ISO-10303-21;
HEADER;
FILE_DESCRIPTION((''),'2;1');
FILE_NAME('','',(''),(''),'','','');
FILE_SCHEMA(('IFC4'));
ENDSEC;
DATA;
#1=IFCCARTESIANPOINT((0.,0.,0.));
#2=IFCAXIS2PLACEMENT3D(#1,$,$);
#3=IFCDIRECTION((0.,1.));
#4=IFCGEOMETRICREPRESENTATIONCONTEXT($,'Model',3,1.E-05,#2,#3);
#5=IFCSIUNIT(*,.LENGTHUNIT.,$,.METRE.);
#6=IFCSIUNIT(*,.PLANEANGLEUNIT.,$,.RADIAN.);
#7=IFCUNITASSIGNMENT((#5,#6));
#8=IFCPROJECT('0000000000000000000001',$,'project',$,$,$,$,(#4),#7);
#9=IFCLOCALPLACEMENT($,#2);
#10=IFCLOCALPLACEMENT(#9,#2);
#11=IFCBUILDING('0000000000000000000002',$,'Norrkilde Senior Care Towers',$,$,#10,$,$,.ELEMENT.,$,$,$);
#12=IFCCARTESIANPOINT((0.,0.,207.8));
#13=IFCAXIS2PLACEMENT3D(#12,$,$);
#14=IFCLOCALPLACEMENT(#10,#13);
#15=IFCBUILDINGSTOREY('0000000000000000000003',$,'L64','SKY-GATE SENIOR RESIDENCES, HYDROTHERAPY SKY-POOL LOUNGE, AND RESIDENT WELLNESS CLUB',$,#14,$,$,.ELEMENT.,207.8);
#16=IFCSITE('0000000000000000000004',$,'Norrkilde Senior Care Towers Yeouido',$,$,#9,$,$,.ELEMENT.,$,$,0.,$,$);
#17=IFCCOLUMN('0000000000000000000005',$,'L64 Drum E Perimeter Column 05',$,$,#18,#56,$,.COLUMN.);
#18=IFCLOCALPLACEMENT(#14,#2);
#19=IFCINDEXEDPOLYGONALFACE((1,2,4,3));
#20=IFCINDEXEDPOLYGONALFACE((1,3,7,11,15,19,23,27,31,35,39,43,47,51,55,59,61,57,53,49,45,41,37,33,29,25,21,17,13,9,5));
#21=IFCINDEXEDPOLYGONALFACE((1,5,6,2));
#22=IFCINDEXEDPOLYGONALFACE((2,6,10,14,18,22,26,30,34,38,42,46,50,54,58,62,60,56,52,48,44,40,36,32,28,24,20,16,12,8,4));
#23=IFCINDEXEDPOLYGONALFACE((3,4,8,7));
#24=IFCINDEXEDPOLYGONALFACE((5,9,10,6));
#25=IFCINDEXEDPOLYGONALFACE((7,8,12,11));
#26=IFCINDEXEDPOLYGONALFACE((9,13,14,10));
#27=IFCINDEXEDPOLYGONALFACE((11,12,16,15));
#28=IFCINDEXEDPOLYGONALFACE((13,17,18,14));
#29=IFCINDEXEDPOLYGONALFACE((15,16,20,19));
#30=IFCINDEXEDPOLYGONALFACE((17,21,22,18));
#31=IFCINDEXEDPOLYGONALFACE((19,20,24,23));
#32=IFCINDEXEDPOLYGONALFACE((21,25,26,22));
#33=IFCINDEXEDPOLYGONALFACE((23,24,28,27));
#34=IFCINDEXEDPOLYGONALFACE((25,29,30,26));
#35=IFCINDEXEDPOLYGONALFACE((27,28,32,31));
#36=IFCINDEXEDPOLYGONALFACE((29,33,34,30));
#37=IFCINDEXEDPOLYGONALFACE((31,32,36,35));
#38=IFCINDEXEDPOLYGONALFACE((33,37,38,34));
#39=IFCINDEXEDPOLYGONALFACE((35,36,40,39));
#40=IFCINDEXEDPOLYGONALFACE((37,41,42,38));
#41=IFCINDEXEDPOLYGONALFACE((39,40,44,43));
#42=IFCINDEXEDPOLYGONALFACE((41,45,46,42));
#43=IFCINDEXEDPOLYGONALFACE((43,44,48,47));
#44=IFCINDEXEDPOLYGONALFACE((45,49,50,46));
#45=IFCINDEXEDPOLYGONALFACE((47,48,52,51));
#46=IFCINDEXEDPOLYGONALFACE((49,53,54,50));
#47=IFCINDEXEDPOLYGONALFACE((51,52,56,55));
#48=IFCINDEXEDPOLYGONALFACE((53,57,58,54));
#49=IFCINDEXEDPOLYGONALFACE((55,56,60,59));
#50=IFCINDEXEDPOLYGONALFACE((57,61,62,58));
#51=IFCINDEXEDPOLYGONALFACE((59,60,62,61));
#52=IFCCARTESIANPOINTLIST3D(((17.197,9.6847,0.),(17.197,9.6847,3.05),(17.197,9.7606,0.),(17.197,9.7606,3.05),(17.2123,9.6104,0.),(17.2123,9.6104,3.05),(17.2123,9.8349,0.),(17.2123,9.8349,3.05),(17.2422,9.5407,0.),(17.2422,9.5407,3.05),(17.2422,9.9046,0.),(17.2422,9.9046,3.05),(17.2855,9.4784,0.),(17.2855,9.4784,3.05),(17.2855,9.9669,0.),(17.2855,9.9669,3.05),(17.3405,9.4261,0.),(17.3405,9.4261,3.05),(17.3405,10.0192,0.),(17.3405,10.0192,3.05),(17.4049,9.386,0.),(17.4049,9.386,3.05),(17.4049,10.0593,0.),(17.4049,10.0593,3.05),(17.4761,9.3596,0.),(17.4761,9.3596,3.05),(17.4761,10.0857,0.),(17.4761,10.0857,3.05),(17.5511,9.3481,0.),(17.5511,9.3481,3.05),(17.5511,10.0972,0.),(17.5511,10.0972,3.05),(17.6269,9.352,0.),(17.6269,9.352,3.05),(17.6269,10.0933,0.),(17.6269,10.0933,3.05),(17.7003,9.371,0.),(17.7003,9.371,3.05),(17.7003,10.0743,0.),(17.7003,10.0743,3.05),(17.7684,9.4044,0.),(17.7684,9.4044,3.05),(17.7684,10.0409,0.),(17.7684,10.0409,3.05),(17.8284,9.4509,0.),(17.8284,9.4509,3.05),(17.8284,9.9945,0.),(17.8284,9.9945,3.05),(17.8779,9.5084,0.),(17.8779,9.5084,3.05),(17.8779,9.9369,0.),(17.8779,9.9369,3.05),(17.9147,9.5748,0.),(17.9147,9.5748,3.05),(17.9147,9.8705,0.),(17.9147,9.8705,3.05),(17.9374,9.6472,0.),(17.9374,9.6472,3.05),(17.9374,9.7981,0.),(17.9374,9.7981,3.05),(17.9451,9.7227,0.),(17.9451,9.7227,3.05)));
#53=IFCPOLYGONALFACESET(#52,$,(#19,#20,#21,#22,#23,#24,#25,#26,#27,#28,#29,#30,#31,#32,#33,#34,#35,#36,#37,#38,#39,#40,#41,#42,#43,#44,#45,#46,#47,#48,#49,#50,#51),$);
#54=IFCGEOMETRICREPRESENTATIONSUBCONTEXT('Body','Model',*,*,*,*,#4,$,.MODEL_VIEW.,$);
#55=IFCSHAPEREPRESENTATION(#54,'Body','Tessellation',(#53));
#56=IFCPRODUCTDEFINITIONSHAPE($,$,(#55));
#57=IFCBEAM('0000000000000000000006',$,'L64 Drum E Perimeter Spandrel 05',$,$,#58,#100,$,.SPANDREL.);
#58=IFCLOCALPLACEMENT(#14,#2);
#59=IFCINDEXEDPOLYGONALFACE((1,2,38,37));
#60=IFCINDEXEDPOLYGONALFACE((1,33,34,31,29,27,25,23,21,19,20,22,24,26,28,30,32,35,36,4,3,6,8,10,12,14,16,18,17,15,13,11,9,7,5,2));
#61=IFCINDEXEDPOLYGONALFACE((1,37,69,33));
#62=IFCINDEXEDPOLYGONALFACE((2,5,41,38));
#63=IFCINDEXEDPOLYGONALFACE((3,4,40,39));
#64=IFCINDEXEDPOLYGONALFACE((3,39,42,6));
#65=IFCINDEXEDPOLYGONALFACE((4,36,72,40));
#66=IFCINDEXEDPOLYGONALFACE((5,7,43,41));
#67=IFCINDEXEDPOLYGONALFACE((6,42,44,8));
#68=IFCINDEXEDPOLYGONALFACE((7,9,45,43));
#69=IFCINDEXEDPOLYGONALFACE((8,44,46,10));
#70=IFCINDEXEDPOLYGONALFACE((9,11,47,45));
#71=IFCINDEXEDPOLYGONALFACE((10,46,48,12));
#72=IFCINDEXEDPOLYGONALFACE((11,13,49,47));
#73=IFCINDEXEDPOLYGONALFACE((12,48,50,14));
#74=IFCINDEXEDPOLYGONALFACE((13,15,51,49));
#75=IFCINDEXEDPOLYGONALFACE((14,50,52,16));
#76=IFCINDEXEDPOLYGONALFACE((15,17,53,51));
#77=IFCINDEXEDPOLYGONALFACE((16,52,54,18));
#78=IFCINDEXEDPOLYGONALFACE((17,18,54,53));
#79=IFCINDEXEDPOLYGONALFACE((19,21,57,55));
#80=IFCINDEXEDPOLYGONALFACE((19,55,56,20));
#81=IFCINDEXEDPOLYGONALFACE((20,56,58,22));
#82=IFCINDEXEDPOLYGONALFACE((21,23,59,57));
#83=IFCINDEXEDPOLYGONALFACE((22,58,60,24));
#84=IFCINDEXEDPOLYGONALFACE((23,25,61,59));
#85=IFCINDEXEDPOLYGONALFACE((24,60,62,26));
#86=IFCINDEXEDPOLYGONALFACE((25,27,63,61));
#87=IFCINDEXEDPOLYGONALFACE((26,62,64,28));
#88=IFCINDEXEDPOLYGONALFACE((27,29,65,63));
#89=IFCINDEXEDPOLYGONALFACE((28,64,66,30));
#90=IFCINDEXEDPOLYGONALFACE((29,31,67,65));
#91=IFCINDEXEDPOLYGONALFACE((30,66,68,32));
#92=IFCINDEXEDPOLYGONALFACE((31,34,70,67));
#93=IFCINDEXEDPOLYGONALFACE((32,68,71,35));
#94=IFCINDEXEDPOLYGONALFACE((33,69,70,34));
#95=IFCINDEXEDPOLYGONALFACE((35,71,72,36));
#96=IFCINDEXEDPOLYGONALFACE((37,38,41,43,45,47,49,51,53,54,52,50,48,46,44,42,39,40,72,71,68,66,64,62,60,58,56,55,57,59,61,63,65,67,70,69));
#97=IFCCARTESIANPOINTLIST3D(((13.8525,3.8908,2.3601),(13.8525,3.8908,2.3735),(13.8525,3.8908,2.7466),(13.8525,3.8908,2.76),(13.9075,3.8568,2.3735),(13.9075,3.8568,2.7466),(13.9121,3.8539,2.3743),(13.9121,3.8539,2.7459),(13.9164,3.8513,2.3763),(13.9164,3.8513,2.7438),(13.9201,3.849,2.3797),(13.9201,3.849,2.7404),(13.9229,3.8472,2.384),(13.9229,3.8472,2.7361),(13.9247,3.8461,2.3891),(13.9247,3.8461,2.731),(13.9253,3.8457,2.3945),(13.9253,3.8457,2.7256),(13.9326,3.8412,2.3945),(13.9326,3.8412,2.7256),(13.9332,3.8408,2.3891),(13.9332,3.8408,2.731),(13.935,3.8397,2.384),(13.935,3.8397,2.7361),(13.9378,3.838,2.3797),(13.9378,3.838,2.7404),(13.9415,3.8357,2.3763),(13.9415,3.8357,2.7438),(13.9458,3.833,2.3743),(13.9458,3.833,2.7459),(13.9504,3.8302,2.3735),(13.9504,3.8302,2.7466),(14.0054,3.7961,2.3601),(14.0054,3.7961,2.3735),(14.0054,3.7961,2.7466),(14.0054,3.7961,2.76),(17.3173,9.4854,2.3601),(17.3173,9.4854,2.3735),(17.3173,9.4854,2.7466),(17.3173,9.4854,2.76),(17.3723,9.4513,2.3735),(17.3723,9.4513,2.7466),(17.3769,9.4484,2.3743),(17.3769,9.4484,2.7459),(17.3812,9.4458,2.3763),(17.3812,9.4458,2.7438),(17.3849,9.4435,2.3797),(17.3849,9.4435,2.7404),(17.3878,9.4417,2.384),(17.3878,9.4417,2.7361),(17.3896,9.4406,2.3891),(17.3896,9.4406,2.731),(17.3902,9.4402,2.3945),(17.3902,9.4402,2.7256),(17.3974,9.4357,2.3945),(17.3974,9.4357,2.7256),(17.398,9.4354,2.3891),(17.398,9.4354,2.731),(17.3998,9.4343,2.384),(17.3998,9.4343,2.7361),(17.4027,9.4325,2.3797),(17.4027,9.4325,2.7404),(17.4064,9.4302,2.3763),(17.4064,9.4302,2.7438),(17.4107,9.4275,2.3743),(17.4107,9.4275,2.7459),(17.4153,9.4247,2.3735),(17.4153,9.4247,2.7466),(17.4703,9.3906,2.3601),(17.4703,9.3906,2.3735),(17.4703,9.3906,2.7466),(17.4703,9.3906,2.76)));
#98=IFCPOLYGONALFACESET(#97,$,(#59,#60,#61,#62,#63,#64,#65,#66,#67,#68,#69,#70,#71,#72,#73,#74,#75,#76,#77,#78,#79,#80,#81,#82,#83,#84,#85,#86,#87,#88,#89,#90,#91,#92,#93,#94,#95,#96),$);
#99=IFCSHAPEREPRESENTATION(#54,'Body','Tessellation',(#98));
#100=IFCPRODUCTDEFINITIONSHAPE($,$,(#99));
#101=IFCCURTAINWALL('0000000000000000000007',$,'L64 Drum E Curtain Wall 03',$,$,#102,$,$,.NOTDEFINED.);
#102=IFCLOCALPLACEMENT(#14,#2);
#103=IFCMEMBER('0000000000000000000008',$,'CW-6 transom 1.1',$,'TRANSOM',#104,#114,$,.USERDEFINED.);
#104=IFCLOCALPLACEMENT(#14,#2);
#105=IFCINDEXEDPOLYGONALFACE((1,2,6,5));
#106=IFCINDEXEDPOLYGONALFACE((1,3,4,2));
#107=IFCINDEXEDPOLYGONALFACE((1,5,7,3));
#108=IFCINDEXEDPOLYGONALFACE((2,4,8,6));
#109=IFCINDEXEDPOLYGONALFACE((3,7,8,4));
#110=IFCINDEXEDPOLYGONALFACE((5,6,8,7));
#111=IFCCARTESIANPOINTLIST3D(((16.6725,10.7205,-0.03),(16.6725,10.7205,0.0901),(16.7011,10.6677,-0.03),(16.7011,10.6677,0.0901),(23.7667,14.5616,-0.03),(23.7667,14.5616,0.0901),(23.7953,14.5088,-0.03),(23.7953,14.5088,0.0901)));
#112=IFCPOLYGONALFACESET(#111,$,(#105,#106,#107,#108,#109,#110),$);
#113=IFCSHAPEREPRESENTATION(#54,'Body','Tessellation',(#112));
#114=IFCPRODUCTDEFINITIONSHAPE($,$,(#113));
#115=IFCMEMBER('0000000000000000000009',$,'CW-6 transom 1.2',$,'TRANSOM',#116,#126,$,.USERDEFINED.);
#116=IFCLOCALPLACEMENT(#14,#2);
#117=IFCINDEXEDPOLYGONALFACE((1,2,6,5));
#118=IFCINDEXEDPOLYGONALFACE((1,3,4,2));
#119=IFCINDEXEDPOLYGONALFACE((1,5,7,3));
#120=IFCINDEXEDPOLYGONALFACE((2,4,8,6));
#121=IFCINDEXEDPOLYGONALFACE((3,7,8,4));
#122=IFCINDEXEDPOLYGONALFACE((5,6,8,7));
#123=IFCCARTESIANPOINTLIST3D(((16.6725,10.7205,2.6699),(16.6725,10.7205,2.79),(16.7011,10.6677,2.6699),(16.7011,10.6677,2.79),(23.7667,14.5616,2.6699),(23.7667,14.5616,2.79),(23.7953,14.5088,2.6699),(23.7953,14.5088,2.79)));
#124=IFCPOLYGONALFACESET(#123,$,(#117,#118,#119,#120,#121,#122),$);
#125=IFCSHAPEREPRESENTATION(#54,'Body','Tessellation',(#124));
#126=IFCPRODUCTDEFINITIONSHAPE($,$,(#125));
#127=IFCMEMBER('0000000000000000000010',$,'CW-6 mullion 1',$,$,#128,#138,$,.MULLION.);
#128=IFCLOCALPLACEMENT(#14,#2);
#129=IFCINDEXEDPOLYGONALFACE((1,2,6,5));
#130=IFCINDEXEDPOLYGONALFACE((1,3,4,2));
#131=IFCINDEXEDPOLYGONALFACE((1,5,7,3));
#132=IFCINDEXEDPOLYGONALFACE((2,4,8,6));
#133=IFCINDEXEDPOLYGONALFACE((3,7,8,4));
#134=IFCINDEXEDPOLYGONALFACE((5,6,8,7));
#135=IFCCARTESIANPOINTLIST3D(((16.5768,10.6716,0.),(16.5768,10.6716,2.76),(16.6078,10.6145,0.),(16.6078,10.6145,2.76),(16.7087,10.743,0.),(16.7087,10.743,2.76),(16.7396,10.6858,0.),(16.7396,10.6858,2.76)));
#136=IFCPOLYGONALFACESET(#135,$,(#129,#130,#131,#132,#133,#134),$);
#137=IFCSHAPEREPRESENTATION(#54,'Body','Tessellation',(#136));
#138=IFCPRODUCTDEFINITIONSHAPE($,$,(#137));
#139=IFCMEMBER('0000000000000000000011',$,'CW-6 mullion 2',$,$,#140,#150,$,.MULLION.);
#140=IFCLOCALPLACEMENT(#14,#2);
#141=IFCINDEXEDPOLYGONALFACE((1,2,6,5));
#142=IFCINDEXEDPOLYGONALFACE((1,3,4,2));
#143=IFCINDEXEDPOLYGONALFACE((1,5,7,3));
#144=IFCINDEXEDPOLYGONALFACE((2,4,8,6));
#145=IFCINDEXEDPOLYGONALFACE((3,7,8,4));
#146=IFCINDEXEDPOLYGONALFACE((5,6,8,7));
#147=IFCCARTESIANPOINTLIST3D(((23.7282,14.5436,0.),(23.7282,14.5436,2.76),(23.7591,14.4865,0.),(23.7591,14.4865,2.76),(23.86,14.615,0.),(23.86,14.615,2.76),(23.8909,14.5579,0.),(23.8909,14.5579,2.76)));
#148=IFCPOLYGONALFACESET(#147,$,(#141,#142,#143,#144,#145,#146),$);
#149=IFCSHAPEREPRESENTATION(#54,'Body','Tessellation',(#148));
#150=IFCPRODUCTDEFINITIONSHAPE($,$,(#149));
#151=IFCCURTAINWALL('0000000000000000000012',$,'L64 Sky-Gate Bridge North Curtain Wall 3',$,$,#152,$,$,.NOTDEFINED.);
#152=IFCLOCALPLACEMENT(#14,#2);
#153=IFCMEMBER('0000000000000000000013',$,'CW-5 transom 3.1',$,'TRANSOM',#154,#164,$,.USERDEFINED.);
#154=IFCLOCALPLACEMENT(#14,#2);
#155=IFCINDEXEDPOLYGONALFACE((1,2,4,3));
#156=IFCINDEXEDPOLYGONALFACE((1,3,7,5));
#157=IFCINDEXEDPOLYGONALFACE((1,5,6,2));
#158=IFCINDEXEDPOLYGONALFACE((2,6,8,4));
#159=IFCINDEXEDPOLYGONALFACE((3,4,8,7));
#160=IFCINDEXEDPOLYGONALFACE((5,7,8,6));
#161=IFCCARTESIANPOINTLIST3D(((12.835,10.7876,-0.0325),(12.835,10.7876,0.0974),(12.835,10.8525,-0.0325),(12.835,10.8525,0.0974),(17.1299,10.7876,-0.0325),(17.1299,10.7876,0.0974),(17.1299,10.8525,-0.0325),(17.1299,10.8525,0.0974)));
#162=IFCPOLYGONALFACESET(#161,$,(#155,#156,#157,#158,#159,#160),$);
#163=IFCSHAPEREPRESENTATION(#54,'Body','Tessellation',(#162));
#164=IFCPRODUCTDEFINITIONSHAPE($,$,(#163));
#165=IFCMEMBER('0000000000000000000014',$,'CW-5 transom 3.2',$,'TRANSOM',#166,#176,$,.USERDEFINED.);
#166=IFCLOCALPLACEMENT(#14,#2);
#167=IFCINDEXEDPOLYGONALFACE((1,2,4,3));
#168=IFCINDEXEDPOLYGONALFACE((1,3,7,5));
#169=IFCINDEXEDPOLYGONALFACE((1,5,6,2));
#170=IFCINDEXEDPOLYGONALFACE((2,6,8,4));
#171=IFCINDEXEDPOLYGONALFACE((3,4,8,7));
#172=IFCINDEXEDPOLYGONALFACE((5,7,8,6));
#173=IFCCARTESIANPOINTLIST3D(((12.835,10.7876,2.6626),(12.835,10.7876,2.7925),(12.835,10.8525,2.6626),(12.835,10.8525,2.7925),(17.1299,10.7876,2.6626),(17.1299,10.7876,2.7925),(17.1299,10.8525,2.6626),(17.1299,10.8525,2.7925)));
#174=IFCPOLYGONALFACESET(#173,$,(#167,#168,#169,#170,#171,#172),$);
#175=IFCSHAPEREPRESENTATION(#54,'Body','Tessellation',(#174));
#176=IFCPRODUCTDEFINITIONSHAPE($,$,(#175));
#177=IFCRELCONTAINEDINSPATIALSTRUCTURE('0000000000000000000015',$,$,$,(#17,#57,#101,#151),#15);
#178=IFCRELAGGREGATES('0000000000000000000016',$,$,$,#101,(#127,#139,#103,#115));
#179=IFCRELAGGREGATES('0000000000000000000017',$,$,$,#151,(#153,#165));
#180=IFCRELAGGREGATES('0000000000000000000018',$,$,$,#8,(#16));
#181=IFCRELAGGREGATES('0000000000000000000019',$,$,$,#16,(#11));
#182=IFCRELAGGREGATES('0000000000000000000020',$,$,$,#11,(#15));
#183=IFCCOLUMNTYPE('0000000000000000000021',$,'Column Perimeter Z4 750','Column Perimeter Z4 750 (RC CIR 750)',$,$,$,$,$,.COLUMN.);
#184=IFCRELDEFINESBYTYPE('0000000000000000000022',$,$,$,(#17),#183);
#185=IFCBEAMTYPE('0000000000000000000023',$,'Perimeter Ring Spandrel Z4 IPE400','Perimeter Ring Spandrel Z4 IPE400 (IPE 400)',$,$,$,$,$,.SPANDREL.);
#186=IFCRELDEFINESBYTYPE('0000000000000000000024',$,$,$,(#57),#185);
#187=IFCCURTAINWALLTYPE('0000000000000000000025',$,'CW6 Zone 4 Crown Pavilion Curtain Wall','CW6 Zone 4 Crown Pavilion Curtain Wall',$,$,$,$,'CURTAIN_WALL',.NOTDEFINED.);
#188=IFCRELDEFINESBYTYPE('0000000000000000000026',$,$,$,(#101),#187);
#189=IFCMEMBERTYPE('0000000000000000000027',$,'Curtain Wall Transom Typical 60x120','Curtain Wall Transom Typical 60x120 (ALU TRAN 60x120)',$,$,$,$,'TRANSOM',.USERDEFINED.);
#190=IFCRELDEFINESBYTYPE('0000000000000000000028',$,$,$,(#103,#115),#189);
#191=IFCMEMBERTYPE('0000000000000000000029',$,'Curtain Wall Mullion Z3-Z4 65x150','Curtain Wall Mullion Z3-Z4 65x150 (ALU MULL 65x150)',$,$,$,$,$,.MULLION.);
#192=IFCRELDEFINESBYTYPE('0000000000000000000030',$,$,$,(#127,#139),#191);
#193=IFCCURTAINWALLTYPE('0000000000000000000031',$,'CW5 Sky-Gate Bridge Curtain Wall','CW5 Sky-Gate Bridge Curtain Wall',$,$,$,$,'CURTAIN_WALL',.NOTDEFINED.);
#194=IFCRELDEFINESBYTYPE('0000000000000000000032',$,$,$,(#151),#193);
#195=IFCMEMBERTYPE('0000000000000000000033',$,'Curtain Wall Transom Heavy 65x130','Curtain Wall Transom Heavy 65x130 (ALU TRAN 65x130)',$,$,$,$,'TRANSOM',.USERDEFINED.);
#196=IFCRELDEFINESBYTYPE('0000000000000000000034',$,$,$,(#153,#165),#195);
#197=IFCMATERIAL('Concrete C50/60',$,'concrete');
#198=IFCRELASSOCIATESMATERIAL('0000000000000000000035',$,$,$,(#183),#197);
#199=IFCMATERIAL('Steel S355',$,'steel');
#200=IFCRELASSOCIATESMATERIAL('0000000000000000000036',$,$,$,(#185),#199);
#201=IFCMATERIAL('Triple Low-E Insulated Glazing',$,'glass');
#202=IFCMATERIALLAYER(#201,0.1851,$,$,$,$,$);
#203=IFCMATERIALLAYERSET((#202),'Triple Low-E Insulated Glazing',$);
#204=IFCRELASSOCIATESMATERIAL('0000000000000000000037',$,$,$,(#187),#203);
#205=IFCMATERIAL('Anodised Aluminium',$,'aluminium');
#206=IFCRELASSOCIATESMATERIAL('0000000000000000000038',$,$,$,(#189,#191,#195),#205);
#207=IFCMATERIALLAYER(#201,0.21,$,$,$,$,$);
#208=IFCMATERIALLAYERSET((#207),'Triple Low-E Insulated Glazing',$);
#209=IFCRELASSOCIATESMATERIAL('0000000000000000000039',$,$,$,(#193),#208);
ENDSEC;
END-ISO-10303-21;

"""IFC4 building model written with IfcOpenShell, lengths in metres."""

from ifc_helpers import new_model, si_unit, direction, frame, origin, origin_2d, place, context, subcontext, project, spatial, rectangle, circle, i_section, extrude, source, transform, mapped, material, layer, layer_set, material_profile, profile_set, type_object, type_shapes, element, aggregate, save


model = new_model("IFC4")

# Units and contexts
model_context = context("Model", 3, precision=1e-05, world=origin(), true_north=direction((0.0, 1.0)))
body_context = subcontext(model_context, "Body", "Model", "MODEL_VIEW")
ifc_project = project(units=[si_unit("LENGTHUNIT", "METRE"), si_unit("PLANEANGLEUNIT", "RADIAN")], contexts=[model_context])

# Site, building, storey
site_placement = place(None, origin())
site = spatial("IfcSite", under=ifc_project, at=site_placement, Name="Norrkilde Senior Care Towers Yeouido", CompositionType="ELEMENT", RefElevation=0.0)
building_placement = place(site_placement, origin())
building = spatial("IfcBuilding", under=site, at=building_placement, Name="Norrkilde Senior Care Towers", CompositionType="ELEMENT")
storey_placement = place(building_placement, frame((0.0, 0.0, 207.8)))
storey = spatial("IfcBuildingStorey", under=building, at=storey_placement, Name="L64", Description="SKY-GATE SENIOR RESIDENCES, HYDROTHERAPY SKY-POOL LOUNGE, AND RESIDENT WELLNESS CLUB", CompositionType="ELEMENT", Elevation=207.8)

# Column
ifc_material_1 = material(Name="Concrete C50/60", Category="concrete")
ifc_material_profile_1 = material_profile(ifc_material_1, circle(Radius=0.375, at=origin_2d()), Name="RC CIR 750")
ifc_profile_set_1 = profile_set([ifc_material_profile_1], Name="Concrete C50/60")
column_type = type_object("IfcColumnType", Name="Column Perimeter Z4 750", Description="Column Perimeter Z4 750 (RC CIR 750)", PredefinedType="COLUMN", material=ifc_profile_set_1)
shared_shape_1 = source(origin(), body_context, "Body", "SweptSolid", [
    extrude(circle(Radius=0.375, at=origin_2d()), origin(), (0.0, 0.0, 1.0), 3.05),
])
type_shapes(column_type, [shared_shape_1])
column_placement = place(storey_placement, frame((17.5701, 9.7227, 0.0), z_axis=(0.0, 0.0, 1.0), x_axis=(1.0, 0.0, 0.0)))
element("IfcColumn", 1, at=column_placement, inside=storey, type_object=column_type, Name="L64 Drum E Perimeter Column 05", PredefinedType="COLUMN", context=body_context, shape_type="MappedRepresentation", body=[
    mapped(shared_shape_1, transform((0.0, 0.0, 0.0), x_axis=(1.0, 0.0, 0.0), y_axis=(0.0, 1.0, 0.0), z_axis=(0.0, 0.0, 1.0), scale=1.0)),
])

# Beam
ifc_material_2 = material(Name="Steel S355", Category="steel")
ifc_material_profile_2 = material_profile(ifc_material_2, i_section(OverallWidth=0.1799, OverallDepth=0.3999, WebThickness=0.0085, FlangeThickness=0.0134, FilletRadius=0.021, at=origin_2d()), Name="IPE 400")
ifc_profile_set_2 = profile_set([ifc_material_profile_2], Name="Steel S355")
beam_type = type_object("IfcBeamType", Name="Perimeter Ring Spandrel Z4 IPE400", Description="Perimeter Ring Spandrel Z4 IPE400 (IPE 400)", PredefinedType="SPANDREL", material=ifc_profile_set_2)
shared_shape_2 = source(origin(), body_context, "Body", "SweptSolid", [
    extrude(i_section(OverallWidth=0.1799, OverallDepth=0.3999, WebThickness=0.0085, FlangeThickness=0.0134, FilletRadius=0.021, at=origin_2d()), origin(), (0.0, 0.0, 1.0), 6.5806),
])
type_shapes(beam_type, [shared_shape_2])
beam_placement = place(storey_placement, frame((17.3938, 9.438, 2.5601), z_axis=(-0.52653, -0.850157, 0.0), x_axis=(0.850157, -0.52653, 0.0)))
element("IfcBeam", 2, at=beam_placement, inside=storey, type_object=beam_type, Name="L64 Drum E Perimeter Spandrel 05", PredefinedType="SPANDREL", context=body_context, shape_type="MappedRepresentation", body=[
    mapped(shared_shape_2, transform((0.0, 0.0, 0.0), x_axis=(1.0, 0.0, 0.0), y_axis=(0.0, 1.0, 0.0), z_axis=(0.0, 0.0, 1.0), scale=1.0)),
])

# Curtain walls, members
ifc_material_3 = material(Name="Triple Low-E Insulated Glazing", Category="glass")
ifc_layer_1 = layer(ifc_material_3, 0.1851)
ifc_layer_set_1 = layer_set([ifc_layer_1], Name="Triple Low-E Insulated Glazing")
curtain_wall_type_1 = type_object("IfcCurtainWallType", Name="CW6 Zone 4 Crown Pavilion Curtain Wall", Description="CW6 Zone 4 Crown Pavilion Curtain Wall", ElementType="CURTAIN_WALL", PredefinedType="NOTDEFINED", material=ifc_layer_set_1)
curtain_wall_1_placement = place(storey_placement, origin())
curtain_wall_1 = element("IfcCurtainWall", 3, at=curtain_wall_1_placement, inside=storey, type_object=curtain_wall_type_1, Name="L64 Drum E Curtain Wall 03", PredefinedType="NOTDEFINED")
ifc_material_4 = material(Name="Anodised Aluminium", Category="aluminium")
ifc_material_profile_3 = material_profile(ifc_material_4, rectangle(XDim=0.0601, YDim=0.1201, at=origin_2d()), Name="ALU TRAN 60x120")
ifc_profile_set_3 = profile_set([ifc_material_profile_3], Name="Anodised Aluminium")
member_type_1 = type_object("IfcMemberType", Name="Curtain Wall Transom Typical 60x120", Description="Curtain Wall Transom Typical 60x120 (ALU TRAN 60x120)", ElementType="TRANSOM", PredefinedType="USERDEFINED", material=ifc_profile_set_3)
shared_shape_3 = source(origin(), body_context, "Body", "SweptSolid", [
    extrude(rectangle(XDim=0.0601, YDim=0.1201, at=origin_2d()), origin(), (0.0, 0.0, 1.0), 8.0674),
])
type_shapes(member_type_1, [shared_shape_3])
member_1_placement = place(storey_placement, frame((16.6868, 10.6941, 0.03), z_axis=(0.879378, 0.476125, 0.0), x_axis=(-0.476125, 0.879378, 0.0)))
member_1 = element("IfcMember", 4, at=member_1_placement, type_object=member_type_1, Name="CW-6 transom 1.1", ObjectType="TRANSOM", PredefinedType="USERDEFINED", context=body_context, shape_type="MappedRepresentation", body=[
    mapped(shared_shape_3, transform((0.0, 0.0, 0.0), x_axis=(1.0, 0.0, 0.0), y_axis=(0.0, 1.0, 0.0), z_axis=(0.0, 0.0, 1.0), scale=1.0)),
])
member_2_placement = place(storey_placement, frame((16.6868, 10.6941, 2.73), z_axis=(0.879378, 0.476125, 0.0), x_axis=(-0.476125, 0.879378, 0.0)))
member_2 = element("IfcMember", 5, at=member_2_placement, type_object=member_type_1, Name="CW-6 transom 1.2", ObjectType="TRANSOM", PredefinedType="USERDEFINED", context=body_context, shape_type="MappedRepresentation", body=[
    mapped(shared_shape_3, transform((0.0, 0.0, 0.0), x_axis=(1.0, 0.0, 0.0), y_axis=(0.0, 1.0, 0.0), z_axis=(0.0, 0.0, 1.0), scale=1.0)),
])
ifc_material_profile_4 = material_profile(ifc_material_4, rectangle(XDim=0.0649, YDim=0.1499, at=origin_2d()), Name="ALU MULL 65x150")
ifc_profile_set_4 = profile_set([ifc_material_profile_4], Name="Anodised Aluminium")
member_type_2 = type_object("IfcMemberType", Name="Curtain Wall Mullion Z3-Z4 65x150", Description="Curtain Wall Mullion Z3-Z4 65x150 (ALU MULL 65x150)", PredefinedType="MULLION", material=ifc_profile_set_4)
shared_shape_4 = source(origin(), body_context, "Body", "SweptSolid", [
    extrude(rectangle(XDim=0.0649, YDim=0.1499, at=origin_2d()), origin(), (0.0, 0.0, 1.0), 2.76),
])
type_shapes(member_type_2, [shared_shape_4])
member_3_placement = place(storey_placement, frame((16.6582, 10.6787, 0.0), z_axis=(0.0, 0.0, 1.0), x_axis=(-0.476133, 0.879373, 0.0)))
member_3 = element("IfcMember", 6, at=member_3_placement, type_object=member_type_2, Name="CW-6 mullion 1", PredefinedType="MULLION", context=body_context, shape_type="MappedRepresentation", body=[
    mapped(shared_shape_4, transform((0.0, 0.0, 0.0), x_axis=(1.0, 0.0, 0.0), y_axis=(0.0, 1.0, 0.0), z_axis=(0.0, 0.0, 1.0), scale=1.0)),
])
member_4_placement = place(storey_placement, frame((23.8096, 14.5508, 0.0), z_axis=(0.0, 0.0, 1.0), x_axis=(-0.476133, 0.879373, 0.0)))
member_4 = element("IfcMember", 7, at=member_4_placement, type_object=member_type_2, Name="CW-6 mullion 2", PredefinedType="MULLION", context=body_context, shape_type="MappedRepresentation", body=[
    mapped(shared_shape_4, transform((0.0, 0.0, 0.0), x_axis=(1.0, 0.0, 0.0), y_axis=(0.0, 1.0, 0.0), z_axis=(0.0, 0.0, 1.0), scale=1.0)),
])
ifc_layer_2 = layer(ifc_material_3, 0.21)
ifc_layer_set_2 = layer_set([ifc_layer_2], Name="Triple Low-E Insulated Glazing")
curtain_wall_type_2 = type_object("IfcCurtainWallType", Name="CW5 Sky-Gate Bridge Curtain Wall", Description="CW5 Sky-Gate Bridge Curtain Wall", ElementType="CURTAIN_WALL", PredefinedType="NOTDEFINED", material=ifc_layer_set_2)
curtain_wall_2_placement = place(storey_placement, origin())
curtain_wall_2 = element("IfcCurtainWall", 8, at=curtain_wall_2_placement, inside=storey, type_object=curtain_wall_type_2, Name="L64 Sky-Gate Bridge North Curtain Wall 3", PredefinedType="NOTDEFINED")
ifc_material_profile_5 = material_profile(ifc_material_4, rectangle(XDim=0.0649, YDim=0.1299, at=origin_2d()), Name="ALU TRAN 65x130")
ifc_profile_set_5 = profile_set([ifc_material_profile_5], Name="Anodised Aluminium")
member_type_3 = type_object("IfcMemberType", Name="Curtain Wall Transom Heavy 65x130", Description="Curtain Wall Transom Heavy 65x130 (ALU TRAN 65x130)", ElementType="TRANSOM", PredefinedType="USERDEFINED", material=ifc_profile_set_5)
shared_shape_5 = source(origin(), body_context, "Body", "SweptSolid", [
    extrude(rectangle(XDim=0.0649, YDim=0.1299, at=origin_2d()), origin(), (0.0, 0.0, 1.0), 4.2949),
])
type_shapes(member_type_3, [shared_shape_5])
member_5_placement = place(storey_placement, frame((12.835, 10.8201, 0.0325), z_axis=(1.0, 0.0, 0.0), x_axis=(0.0, 1.0, 0.0)))
member_5 = element("IfcMember", 9, at=member_5_placement, type_object=member_type_3, Name="CW-5 transom 3.1", ObjectType="TRANSOM", PredefinedType="USERDEFINED", context=body_context, shape_type="MappedRepresentation", body=[
    mapped(shared_shape_5, transform((0.0, 0.0, 0.0), x_axis=(1.0, 0.0, 0.0), y_axis=(0.0, 1.0, 0.0), z_axis=(0.0, 0.0, 1.0), scale=1.0)),
])
member_6_placement = place(storey_placement, frame((12.835, 10.8201, 2.7275), z_axis=(1.0, 0.0, 0.0), x_axis=(0.0, 1.0, 0.0)))
member_6 = element("IfcMember", 10, at=member_6_placement, type_object=member_type_3, Name="CW-5 transom 3.2", ObjectType="TRANSOM", PredefinedType="USERDEFINED", context=body_context, shape_type="MappedRepresentation", body=[
    mapped(shared_shape_5, transform((0.0, 0.0, 0.0), x_axis=(1.0, 0.0, 0.0), y_axis=(0.0, 1.0, 0.0), z_axis=(0.0, 0.0, 1.0), scale=1.0)),
])

aggregate(curtain_wall_1, [member_3, member_4, member_1, member_2])
aggregate(curtain_wall_2, [member_5, member_6])

save(model, "model.ifc")
